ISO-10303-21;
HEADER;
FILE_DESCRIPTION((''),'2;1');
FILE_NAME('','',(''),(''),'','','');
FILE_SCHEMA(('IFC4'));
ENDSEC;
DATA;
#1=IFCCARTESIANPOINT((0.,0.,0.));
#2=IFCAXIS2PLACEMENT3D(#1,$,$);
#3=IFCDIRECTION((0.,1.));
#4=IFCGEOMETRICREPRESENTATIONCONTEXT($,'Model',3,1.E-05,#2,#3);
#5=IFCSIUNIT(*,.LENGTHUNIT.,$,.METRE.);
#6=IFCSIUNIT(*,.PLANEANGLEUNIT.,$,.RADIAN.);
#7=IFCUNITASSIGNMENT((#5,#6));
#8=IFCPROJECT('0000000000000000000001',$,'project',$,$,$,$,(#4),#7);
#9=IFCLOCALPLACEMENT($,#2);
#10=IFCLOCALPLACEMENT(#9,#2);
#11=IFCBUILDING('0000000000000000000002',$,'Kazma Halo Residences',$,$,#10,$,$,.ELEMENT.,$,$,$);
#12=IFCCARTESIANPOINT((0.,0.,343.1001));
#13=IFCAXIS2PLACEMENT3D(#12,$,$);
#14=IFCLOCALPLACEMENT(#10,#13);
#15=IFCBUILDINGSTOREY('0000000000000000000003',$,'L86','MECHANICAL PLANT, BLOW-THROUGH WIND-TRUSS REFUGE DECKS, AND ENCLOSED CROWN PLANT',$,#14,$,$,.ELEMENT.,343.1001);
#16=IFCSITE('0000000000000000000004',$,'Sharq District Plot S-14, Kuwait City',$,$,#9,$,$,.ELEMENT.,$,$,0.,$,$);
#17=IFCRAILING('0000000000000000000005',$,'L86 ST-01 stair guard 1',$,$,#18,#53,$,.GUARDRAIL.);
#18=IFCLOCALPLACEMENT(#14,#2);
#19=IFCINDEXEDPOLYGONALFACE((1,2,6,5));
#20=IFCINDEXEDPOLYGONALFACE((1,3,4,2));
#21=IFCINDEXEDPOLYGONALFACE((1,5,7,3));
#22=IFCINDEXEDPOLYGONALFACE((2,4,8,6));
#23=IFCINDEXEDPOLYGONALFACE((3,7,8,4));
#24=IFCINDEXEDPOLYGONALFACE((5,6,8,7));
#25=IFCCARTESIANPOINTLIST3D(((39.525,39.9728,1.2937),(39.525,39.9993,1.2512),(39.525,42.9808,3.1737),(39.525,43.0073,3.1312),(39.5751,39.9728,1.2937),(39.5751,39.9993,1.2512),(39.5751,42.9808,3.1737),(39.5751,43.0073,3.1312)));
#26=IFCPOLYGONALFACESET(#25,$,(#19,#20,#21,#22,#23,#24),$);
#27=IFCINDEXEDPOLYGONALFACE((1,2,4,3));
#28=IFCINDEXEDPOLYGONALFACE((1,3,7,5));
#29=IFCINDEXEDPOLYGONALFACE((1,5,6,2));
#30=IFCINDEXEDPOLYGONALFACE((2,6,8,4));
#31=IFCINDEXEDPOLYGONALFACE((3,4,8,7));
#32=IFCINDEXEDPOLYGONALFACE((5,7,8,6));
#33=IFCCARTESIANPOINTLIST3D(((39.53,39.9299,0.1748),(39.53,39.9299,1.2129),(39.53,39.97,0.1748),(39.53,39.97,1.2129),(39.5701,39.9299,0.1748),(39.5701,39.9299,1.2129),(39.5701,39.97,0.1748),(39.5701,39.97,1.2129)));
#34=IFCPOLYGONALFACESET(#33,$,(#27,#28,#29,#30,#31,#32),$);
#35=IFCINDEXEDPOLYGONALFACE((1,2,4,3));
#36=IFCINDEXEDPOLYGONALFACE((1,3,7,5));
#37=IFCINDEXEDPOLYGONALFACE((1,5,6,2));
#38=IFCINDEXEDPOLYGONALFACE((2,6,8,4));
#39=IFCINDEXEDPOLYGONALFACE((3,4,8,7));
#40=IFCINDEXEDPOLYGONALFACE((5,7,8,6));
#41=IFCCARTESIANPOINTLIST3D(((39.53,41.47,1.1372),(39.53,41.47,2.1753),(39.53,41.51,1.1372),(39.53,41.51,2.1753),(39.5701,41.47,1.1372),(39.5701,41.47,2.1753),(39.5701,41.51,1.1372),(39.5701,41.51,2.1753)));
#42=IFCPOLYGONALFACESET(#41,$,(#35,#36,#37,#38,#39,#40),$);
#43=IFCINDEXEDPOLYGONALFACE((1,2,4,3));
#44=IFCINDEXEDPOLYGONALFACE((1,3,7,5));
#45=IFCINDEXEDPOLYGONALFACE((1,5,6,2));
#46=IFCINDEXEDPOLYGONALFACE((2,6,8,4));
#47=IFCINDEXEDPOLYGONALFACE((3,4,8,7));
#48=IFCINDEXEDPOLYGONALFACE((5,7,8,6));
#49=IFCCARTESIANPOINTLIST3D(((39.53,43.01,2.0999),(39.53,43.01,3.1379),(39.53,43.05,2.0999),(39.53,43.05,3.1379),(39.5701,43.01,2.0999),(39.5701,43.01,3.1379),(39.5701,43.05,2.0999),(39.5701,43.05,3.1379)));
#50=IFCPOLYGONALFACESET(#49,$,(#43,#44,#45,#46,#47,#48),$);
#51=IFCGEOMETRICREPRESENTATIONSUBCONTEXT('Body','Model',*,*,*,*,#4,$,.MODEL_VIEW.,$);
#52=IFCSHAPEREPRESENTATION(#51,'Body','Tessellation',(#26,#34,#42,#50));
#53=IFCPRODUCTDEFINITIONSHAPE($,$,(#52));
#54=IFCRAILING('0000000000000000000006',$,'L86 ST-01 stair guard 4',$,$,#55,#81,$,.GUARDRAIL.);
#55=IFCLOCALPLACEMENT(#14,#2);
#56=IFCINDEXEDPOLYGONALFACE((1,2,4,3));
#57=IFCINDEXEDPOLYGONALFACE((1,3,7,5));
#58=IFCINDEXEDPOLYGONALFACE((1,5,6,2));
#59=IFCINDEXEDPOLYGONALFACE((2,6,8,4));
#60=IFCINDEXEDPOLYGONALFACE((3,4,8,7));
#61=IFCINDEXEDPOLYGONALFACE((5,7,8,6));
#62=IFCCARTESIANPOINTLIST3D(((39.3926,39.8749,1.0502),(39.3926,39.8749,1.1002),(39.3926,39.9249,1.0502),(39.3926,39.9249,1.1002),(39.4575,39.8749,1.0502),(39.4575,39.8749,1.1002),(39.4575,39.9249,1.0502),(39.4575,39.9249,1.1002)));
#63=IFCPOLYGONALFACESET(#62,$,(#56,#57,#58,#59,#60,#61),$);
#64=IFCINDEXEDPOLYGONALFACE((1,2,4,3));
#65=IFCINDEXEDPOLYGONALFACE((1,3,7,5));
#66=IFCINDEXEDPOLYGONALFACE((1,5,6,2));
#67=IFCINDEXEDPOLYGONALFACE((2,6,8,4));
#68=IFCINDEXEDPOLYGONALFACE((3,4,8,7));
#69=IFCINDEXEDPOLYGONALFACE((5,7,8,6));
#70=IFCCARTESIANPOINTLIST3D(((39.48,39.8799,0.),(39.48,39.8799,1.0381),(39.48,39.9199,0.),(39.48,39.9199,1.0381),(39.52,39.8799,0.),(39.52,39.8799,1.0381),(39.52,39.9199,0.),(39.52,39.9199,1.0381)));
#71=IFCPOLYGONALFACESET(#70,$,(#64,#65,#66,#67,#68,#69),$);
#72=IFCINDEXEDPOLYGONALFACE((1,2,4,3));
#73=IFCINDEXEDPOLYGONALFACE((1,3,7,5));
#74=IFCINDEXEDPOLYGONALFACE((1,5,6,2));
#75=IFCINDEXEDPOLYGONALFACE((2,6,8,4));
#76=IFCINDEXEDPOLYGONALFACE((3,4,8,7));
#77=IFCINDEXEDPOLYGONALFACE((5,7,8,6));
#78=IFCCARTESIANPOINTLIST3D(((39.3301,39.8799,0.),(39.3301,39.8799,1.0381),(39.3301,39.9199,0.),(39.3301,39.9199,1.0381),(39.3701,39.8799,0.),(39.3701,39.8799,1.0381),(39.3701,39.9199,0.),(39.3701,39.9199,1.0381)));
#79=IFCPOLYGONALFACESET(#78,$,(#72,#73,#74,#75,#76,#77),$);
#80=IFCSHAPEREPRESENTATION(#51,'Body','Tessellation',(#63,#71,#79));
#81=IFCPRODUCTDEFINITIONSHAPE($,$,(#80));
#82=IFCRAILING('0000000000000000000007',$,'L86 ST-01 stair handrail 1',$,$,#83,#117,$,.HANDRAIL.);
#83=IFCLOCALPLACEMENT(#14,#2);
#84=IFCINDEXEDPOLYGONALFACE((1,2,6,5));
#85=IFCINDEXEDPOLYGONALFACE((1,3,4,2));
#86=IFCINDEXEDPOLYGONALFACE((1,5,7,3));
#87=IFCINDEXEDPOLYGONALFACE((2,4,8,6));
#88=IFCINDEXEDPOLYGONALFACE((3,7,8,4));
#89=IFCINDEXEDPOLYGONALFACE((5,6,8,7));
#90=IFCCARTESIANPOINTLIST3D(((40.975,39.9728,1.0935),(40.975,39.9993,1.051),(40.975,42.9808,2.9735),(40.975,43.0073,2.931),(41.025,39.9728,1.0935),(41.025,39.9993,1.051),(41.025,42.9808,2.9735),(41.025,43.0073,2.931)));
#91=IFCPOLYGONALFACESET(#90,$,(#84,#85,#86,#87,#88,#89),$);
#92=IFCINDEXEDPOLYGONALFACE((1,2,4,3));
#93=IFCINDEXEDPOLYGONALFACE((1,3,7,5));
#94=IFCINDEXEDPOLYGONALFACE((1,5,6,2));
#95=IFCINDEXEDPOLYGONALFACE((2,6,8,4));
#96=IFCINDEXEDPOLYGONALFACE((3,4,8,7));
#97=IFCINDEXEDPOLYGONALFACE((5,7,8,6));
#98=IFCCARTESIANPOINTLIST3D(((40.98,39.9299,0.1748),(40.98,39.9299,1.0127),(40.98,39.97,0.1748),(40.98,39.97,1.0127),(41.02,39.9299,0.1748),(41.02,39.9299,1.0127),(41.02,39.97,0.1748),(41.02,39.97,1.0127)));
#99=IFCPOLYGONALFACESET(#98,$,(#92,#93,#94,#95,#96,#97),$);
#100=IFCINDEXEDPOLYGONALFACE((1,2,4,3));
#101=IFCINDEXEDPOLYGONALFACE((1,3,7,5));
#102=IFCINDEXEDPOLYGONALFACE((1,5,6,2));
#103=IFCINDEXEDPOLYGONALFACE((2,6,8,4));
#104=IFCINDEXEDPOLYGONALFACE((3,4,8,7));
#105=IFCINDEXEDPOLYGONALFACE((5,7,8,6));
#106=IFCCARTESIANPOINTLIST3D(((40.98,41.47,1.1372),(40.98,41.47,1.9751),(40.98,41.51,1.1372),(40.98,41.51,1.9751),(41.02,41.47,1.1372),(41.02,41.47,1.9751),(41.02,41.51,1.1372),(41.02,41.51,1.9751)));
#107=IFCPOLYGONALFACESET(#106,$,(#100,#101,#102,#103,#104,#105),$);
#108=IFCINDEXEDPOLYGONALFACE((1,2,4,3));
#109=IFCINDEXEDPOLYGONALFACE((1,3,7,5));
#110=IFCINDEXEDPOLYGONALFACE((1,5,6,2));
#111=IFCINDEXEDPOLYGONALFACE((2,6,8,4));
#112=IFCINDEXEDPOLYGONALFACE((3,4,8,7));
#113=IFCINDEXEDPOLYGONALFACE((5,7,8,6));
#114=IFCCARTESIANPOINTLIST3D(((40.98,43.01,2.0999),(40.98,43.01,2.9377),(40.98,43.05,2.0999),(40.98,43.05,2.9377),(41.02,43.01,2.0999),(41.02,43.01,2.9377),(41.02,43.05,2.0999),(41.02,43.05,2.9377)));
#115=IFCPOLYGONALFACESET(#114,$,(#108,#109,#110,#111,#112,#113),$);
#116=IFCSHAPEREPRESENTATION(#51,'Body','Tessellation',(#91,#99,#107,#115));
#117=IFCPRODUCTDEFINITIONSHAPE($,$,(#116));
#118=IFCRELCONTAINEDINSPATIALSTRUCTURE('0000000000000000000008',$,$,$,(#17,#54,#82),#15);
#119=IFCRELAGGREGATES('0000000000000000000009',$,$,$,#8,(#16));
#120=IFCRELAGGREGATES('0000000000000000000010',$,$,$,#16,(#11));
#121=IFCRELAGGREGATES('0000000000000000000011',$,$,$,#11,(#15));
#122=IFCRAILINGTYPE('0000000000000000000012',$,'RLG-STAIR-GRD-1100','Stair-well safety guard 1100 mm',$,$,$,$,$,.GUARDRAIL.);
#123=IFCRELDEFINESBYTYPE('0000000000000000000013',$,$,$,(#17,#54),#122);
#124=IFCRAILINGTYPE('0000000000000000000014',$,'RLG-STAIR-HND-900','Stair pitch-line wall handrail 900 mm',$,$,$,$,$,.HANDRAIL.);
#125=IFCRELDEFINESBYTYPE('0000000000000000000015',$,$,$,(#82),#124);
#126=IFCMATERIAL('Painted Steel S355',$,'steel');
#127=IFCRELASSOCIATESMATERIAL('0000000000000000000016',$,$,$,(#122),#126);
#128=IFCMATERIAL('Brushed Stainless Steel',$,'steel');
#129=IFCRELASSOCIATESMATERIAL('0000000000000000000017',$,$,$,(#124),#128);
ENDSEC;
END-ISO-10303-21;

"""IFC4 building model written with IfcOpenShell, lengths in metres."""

from ifc_helpers import new_model, si_unit, direction, frame, origin, origin_2d, place, context, subcontext, project, spatial, rectangle, extrude, material, type_object, element, save


model = new_model("IFC4")

# Units and contexts
model_context = context("Model", 3, precision=1e-05, world=origin(), true_north=direction((0.0, 1.0)))
body_context = subcontext(model_context, "Body", "Model", "MODEL_VIEW")
ifc_project = project(units=[si_unit("LENGTHUNIT", "METRE"), si_unit("PLANEANGLEUNIT", "RADIAN")], contexts=[model_context])

# Site, building, storey
site_placement = place(None, origin())
site = spatial("IfcSite", under=ifc_project, at=site_placement, Name="Sharq District Plot S-14, Kuwait City", CompositionType="ELEMENT", RefElevation=0.0)
building_placement = place(site_placement, origin())
building = spatial("IfcBuilding", under=site, at=building_placement, Name="Kazma Halo Residences", CompositionType="ELEMENT")
storey_placement = place(building_placement, frame((0.0, 0.0, 343.1001)))
storey = spatial("IfcBuildingStorey", under=building, at=storey_placement, Name="L86", Description="MECHANICAL PLANT, BLOW-THROUGH WIND-TRUSS REFUGE DECKS, AND ENCLOSED CROWN PLANT", CompositionType="ELEMENT", Elevation=343.1001)

# Railings
ifc_material_1 = material(Name="Painted Steel S355", Category="steel")
railing_type_1 = type_object("IfcRailingType", Name="RLG-STAIR-GRD-1100", Description="Stair-well safety guard 1100 mm", PredefinedType="GUARDRAIL", material=ifc_material_1)
railing_1_placement = place(storey_placement, frame((39.55, 39.95, 0.1748)))
element("IfcRailing", 1, at=railing_1_placement, inside=storey, type_object=railing_type_1, Name="L86 ST-01 stair guard 1", PredefinedType="GUARDRAIL", context=body_context, shape_type="SweptSolid", body=[
    extrude(rectangle(XDim=0.05, YDim=0.05, at=origin_2d()), frame((0.0, 0.0361, 1.0977), z_axis=(0.0, 0.847998, 0.529999), x_axis=(-1.0, 0.0, 0.0)), (0.0, 0.0, 1.0), 3.5471),
    extrude(rectangle(XDim=0.04, YDim=0.04, at=origin_2d()), origin(), (0.0, 0.0, 1.0), 1.0381),
    extrude(rectangle(XDim=0.04, YDim=0.04, at=origin_2d()), frame((0.0, 1.54, 0.9624)), (0.0, 0.0, 1.0), 1.0381),
    extrude(rectangle(XDim=0.04, YDim=0.04, at=origin_2d()), frame((0.0, 3.0801, 1.925)), (0.0, 0.0, 1.0), 1.0381),
])
railing_2_placement = place(storey_placement, frame((39.5, 39.8999, 0.0)))
element("IfcRailing", 2, at=railing_2_placement, inside=storey, type_object=railing_type_1, Name="L86 ST-01 stair guard 4", PredefinedType="GUARDRAIL", context=body_context, shape_type="SweptSolid", body=[
    extrude(rectangle(XDim=0.05, YDim=0.05, at=origin_2d()), frame((-0.0425, 0.0, 1.0752), z_axis=(-1.0, 0.0, 0.0), x_axis=(0.0, -1.0, 0.0)), (0.0, 0.0, 1.0), 0.0649),
    extrude(rectangle(XDim=0.04, YDim=0.04, at=origin_2d()), origin(), (0.0, 0.0, 1.0), 1.0381),
    extrude(rectangle(XDim=0.04, YDim=0.04, at=origin_2d()), frame((-0.1499, 0.0, 0.0)), (0.0, 0.0, 1.0), 1.0381),
])
ifc_material_2 = material(Name="Brushed Stainless Steel", Category="steel")
railing_type_2 = type_object("IfcRailingType", Name="RLG-STAIR-HND-900", Description="Stair pitch-line wall handrail 900 mm", PredefinedType="HANDRAIL", material=ifc_material_2)
railing_3_placement = place(storey_placement, frame((41.0, 39.95, 0.1748)))
element("IfcRailing", 3, at=railing_3_placement, inside=storey, type_object=railing_type_2, Name="L86 ST-01 stair handrail 1", PredefinedType="HANDRAIL", context=body_context, shape_type="SweptSolid", body=[
    extrude(rectangle(XDim=0.05, YDim=0.05, at=origin_2d()), frame((0.0, 0.0361, 0.8975), z_axis=(0.0, 0.847998, 0.529999), x_axis=(-1.0, 0.0, 0.0)), (0.0, 0.0, 1.0), 3.5471),
    extrude(rectangle(XDim=0.04, YDim=0.04, at=origin_2d()), origin(), (0.0, 0.0, 1.0), 0.8379),
    extrude(rectangle(XDim=0.04, YDim=0.04, at=origin_2d()), frame((0.0, 1.54, 0.9624)), (0.0, 0.0, 1.0), 0.8379),
    extrude(rectangle(XDim=0.04, YDim=0.04, at=origin_2d()), frame((0.0, 3.0801, 1.925)), (0.0, 0.0, 1.0), 0.8379),
])

save(model, "model.ifc")
